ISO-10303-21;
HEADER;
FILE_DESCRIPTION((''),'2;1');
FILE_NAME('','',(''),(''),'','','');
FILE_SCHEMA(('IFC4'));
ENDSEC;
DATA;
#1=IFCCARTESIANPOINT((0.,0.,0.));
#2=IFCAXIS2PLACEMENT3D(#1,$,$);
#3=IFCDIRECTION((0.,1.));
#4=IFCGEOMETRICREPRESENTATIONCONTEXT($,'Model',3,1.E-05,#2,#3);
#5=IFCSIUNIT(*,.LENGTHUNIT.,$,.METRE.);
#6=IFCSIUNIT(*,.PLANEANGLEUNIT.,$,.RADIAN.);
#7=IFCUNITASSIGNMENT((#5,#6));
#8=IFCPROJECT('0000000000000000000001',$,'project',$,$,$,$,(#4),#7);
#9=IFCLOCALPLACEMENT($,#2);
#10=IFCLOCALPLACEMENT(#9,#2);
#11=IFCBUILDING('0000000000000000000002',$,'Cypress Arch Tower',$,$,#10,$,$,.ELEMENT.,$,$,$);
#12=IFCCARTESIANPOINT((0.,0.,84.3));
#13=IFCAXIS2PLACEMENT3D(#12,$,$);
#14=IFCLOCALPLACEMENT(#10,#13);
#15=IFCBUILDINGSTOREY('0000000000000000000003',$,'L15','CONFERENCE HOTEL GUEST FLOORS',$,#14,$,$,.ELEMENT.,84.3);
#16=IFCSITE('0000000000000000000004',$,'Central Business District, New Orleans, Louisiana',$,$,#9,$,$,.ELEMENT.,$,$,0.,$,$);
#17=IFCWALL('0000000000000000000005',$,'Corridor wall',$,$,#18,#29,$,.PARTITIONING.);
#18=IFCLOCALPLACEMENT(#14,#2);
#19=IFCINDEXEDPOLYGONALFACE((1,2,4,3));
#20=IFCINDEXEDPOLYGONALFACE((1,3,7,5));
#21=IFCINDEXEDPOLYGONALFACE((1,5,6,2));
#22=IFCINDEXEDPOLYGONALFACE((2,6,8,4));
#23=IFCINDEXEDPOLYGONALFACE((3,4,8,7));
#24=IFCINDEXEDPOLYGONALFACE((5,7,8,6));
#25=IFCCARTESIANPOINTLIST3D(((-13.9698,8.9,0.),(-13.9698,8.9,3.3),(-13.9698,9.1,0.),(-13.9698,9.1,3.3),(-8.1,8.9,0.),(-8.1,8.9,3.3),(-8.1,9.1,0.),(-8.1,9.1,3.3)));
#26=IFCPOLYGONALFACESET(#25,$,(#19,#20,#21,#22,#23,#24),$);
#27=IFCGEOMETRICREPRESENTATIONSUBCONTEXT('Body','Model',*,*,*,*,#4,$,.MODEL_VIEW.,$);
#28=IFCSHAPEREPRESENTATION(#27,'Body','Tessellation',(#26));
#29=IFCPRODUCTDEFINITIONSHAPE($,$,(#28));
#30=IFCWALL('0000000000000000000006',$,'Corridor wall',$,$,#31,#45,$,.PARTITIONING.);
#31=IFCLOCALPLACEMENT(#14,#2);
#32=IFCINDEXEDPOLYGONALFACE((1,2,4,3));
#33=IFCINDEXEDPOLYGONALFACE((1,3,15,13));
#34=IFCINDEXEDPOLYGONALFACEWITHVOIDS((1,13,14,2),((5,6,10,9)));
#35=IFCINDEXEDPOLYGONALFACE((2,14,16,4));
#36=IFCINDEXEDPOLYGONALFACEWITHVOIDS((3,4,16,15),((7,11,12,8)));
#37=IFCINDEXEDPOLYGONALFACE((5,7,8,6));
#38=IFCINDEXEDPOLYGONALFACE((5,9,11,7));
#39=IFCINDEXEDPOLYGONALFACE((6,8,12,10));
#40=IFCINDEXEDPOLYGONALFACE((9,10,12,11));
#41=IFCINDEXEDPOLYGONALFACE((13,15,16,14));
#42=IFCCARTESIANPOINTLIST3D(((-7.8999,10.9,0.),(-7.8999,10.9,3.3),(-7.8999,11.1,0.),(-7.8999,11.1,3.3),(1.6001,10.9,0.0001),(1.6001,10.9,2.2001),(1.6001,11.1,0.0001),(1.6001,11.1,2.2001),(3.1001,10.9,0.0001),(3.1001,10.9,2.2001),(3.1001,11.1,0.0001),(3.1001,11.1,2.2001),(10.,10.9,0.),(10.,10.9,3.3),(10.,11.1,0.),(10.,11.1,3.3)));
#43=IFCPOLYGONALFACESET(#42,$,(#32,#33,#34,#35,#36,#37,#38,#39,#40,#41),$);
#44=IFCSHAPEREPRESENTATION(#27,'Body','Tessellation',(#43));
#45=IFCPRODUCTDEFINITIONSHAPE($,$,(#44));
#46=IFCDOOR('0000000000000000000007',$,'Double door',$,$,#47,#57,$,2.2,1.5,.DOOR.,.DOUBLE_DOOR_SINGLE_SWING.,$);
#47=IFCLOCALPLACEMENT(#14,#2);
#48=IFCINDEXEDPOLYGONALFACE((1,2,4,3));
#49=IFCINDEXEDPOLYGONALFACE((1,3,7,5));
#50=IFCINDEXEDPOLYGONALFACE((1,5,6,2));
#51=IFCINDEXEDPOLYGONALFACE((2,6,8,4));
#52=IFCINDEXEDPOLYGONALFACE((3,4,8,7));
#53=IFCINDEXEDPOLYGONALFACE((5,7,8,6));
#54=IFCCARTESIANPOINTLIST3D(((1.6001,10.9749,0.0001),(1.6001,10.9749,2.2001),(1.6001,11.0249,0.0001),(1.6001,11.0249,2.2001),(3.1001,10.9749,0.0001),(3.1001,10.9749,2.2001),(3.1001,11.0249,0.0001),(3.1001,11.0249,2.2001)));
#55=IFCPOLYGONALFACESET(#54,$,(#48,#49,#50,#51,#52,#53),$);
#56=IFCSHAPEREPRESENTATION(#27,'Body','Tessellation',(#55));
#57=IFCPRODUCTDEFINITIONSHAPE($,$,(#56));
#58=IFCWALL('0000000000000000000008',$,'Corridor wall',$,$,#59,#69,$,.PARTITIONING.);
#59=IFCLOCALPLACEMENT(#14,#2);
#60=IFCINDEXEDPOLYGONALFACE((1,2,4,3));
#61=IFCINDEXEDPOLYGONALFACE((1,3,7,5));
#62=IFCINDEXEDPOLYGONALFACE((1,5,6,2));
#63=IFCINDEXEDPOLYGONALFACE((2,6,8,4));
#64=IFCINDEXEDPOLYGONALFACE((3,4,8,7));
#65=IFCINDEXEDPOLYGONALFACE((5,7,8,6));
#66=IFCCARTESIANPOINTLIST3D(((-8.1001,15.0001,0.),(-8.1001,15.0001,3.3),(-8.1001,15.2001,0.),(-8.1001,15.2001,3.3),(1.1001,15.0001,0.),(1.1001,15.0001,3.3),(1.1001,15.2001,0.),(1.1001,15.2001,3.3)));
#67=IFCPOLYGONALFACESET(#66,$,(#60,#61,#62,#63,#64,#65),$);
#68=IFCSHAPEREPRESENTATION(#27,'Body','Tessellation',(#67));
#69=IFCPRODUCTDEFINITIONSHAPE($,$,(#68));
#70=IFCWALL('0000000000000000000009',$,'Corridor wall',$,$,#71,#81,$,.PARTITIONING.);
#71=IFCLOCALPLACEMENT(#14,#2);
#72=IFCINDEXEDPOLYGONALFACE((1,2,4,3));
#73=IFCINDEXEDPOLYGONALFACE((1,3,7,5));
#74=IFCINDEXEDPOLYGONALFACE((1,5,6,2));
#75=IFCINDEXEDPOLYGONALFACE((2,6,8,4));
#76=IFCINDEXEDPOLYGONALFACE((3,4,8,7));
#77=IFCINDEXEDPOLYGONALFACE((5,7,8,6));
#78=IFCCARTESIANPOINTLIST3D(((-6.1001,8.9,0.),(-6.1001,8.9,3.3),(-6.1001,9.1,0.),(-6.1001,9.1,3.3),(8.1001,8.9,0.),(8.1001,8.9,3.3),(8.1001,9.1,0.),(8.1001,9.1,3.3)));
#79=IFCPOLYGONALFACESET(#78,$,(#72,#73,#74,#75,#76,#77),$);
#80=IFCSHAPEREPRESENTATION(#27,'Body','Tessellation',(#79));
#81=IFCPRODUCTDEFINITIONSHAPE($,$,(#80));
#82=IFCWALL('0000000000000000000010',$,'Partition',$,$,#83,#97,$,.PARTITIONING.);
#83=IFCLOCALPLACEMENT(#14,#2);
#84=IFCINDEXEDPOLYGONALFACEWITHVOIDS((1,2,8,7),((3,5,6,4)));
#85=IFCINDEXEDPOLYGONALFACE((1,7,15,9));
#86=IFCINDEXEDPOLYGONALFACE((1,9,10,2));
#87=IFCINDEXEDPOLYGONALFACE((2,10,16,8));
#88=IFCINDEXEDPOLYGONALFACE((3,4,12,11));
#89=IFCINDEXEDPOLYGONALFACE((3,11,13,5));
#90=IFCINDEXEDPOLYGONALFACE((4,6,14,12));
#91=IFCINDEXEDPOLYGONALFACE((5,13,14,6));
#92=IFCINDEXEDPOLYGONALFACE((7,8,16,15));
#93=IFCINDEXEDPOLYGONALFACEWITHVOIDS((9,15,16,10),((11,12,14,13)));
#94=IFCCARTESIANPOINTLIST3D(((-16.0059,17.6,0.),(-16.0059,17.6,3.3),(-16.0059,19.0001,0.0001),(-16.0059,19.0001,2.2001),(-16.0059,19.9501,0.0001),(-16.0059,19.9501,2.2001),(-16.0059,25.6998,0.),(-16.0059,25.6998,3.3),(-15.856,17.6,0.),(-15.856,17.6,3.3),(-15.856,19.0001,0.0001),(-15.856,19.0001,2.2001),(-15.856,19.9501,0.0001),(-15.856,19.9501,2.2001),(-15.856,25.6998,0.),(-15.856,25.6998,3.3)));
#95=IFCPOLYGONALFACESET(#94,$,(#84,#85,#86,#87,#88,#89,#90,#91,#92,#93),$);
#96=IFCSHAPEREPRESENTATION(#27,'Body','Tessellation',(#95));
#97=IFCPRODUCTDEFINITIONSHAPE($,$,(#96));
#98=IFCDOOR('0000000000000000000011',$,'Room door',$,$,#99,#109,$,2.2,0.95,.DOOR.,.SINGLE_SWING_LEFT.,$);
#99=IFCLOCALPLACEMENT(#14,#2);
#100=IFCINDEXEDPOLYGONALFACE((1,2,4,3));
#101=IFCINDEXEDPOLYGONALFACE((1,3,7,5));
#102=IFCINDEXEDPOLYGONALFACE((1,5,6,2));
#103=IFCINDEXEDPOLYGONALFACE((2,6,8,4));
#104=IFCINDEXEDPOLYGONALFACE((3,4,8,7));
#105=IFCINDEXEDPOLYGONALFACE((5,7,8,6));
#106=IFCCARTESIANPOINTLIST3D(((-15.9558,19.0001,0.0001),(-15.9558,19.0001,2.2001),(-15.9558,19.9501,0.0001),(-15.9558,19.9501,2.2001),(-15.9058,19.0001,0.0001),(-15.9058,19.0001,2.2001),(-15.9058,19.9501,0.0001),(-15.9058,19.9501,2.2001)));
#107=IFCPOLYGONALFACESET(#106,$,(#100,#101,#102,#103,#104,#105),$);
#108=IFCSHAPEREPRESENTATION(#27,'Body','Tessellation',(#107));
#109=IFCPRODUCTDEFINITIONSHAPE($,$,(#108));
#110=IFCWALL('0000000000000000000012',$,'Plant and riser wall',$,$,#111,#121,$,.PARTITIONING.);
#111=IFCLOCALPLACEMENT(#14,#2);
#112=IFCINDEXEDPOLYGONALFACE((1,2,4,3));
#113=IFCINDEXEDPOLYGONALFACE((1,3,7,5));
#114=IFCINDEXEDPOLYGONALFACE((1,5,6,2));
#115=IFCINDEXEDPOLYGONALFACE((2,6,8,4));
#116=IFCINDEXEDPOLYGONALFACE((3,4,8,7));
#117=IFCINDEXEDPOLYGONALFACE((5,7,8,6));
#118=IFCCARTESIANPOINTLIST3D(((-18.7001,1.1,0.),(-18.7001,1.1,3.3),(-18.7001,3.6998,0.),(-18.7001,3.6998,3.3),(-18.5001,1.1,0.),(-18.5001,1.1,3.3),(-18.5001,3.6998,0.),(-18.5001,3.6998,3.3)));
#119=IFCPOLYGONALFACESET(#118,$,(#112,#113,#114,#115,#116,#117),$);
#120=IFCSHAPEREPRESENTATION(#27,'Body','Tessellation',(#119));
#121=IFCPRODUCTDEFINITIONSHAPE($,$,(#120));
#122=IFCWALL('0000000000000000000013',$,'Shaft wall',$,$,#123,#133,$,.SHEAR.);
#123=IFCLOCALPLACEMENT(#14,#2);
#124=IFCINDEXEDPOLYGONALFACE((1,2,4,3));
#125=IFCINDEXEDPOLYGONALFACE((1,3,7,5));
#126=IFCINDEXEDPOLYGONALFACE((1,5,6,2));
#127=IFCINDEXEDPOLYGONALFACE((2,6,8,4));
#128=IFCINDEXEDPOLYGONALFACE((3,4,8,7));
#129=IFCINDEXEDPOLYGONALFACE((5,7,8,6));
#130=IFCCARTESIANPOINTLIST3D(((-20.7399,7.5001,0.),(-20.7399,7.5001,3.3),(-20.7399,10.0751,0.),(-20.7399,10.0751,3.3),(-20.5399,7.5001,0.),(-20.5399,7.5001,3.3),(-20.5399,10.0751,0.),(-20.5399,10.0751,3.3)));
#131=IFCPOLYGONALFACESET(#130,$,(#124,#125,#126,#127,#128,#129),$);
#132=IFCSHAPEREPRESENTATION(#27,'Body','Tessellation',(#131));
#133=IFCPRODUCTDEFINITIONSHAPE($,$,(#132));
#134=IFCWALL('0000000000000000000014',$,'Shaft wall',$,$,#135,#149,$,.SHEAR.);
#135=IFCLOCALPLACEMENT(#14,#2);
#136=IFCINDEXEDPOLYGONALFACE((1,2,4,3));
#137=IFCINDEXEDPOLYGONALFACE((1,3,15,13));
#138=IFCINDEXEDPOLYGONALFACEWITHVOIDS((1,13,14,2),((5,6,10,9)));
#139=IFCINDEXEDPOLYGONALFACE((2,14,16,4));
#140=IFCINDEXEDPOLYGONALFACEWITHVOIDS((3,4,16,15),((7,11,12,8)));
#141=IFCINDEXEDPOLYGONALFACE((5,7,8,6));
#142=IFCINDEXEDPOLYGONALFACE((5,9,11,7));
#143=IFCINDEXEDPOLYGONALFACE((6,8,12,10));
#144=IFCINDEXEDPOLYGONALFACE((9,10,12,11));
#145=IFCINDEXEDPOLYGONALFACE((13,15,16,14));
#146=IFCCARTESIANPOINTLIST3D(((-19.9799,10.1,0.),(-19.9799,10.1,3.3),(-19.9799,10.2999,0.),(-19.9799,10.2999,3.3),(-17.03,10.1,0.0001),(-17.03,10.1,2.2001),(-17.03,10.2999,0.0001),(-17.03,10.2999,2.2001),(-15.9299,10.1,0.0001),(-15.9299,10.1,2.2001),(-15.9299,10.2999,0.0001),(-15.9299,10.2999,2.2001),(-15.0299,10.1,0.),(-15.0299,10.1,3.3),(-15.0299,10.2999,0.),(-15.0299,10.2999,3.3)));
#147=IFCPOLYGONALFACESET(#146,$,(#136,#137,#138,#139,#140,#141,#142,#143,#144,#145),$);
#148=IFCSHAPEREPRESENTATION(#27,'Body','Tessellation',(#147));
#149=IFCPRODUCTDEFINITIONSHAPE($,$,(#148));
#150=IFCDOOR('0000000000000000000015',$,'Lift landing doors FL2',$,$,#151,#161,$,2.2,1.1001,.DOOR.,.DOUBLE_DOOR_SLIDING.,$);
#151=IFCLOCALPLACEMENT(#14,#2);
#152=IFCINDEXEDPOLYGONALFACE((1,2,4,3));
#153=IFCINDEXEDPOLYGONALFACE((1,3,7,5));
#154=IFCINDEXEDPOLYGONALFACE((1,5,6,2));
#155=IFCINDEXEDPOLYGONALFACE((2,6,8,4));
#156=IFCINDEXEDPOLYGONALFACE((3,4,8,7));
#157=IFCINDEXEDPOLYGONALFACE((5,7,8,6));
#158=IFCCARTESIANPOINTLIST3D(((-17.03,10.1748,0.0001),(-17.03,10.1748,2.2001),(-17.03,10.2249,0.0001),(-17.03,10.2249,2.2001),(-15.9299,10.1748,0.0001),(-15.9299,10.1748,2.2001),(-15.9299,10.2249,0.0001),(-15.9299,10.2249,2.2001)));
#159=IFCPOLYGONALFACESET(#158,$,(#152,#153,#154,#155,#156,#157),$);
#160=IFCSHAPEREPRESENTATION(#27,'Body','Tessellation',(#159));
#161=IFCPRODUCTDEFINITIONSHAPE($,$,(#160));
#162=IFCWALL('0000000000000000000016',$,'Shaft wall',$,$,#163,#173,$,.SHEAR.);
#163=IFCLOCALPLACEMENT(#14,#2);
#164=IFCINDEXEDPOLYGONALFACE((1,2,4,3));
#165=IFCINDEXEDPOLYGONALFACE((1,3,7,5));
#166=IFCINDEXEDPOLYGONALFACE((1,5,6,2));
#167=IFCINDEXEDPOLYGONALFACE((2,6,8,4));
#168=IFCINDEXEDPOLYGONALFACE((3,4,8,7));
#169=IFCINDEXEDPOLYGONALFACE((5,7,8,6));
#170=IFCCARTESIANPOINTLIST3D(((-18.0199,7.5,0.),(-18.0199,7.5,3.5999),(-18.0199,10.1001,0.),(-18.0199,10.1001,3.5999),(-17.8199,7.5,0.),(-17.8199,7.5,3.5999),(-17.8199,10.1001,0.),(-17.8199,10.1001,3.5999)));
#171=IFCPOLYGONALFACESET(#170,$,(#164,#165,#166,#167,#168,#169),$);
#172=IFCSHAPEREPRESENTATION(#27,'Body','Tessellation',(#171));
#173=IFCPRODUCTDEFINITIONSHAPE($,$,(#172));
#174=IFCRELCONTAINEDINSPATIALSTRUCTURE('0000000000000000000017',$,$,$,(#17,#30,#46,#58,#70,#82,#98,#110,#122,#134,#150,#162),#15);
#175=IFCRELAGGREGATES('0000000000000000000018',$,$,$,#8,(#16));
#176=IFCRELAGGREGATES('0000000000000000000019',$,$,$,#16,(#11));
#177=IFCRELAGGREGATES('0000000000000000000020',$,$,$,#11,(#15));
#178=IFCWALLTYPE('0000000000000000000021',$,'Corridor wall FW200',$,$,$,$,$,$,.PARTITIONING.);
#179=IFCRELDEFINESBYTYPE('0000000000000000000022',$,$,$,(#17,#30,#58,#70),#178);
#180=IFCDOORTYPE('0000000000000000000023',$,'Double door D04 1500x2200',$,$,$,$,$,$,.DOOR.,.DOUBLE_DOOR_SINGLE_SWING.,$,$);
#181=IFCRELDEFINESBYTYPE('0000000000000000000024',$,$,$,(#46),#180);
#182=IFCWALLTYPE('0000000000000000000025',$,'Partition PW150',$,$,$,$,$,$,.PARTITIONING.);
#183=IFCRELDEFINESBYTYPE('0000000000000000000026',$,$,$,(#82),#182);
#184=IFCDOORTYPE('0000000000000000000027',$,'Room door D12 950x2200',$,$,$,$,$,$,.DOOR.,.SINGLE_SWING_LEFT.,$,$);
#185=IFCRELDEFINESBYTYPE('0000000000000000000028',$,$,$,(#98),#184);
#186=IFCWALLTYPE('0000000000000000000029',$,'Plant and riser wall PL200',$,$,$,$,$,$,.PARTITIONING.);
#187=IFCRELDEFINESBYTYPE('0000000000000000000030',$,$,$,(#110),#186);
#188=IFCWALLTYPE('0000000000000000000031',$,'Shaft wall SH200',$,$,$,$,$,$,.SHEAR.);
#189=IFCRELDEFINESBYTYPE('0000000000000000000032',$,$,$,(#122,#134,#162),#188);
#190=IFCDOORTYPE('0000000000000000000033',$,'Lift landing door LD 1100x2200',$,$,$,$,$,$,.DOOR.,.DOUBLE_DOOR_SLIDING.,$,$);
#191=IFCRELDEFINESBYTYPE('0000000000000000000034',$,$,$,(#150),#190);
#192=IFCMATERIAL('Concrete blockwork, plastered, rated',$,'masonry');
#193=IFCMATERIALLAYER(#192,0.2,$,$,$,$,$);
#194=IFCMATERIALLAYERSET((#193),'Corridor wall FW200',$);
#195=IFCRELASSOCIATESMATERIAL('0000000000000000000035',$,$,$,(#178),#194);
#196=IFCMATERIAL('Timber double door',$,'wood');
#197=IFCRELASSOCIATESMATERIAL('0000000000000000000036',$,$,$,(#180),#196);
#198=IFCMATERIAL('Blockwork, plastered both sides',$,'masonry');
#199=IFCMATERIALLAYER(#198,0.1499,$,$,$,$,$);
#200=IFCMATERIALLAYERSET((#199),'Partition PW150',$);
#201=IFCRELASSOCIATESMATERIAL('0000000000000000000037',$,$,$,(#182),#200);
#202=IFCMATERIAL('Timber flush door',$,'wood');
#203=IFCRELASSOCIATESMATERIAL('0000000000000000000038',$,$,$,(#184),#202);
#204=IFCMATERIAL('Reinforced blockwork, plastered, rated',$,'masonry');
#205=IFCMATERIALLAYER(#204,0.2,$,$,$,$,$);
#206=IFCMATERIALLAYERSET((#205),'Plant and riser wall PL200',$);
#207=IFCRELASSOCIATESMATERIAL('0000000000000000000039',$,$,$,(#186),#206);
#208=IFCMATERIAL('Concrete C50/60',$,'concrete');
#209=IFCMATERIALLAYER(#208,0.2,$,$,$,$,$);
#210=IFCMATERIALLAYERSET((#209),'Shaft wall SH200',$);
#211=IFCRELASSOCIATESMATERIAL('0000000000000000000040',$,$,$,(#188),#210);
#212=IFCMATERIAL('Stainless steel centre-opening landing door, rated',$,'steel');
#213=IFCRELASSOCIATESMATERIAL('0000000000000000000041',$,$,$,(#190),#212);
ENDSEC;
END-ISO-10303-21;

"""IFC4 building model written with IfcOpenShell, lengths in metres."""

from ifc_helpers import new_model, si_unit, direction, frame, frame_2d, origin, place, context, subcontext, project, spatial, rectangle, extrude, material, layer, layer_set, type_object, element, fill, save


model = new_model("IFC4")

# Units and contexts
model_context = context("Model", 3, precision=1e-05, world=origin(), true_north=direction((0.0, 1.0)))
body_context = subcontext(model_context, "Body", "Model", "MODEL_VIEW")
ifc_project = project(units=[si_unit("LENGTHUNIT", "METRE"), si_unit("PLANEANGLEUNIT", "RADIAN")], contexts=[model_context])

# Site, building, storey
site_placement = place(None, origin())
site = spatial("IfcSite", under=ifc_project, at=site_placement, Name="Central Business District, New Orleans, Louisiana", CompositionType="ELEMENT", RefElevation=0.0)
building_placement = place(site_placement, origin())
building = spatial("IfcBuilding", under=site, at=building_placement, Name="Cypress Arch Tower", CompositionType="ELEMENT")
storey_placement = place(building_placement, frame((0.0, 0.0, 84.3)))
storey = spatial("IfcBuildingStorey", under=building, at=storey_placement, Name="L15", Description="CONFERENCE HOTEL GUEST FLOORS", CompositionType="ELEMENT", Elevation=84.3)

# Shared definitions
ifc_material_1 = material(Name="Concrete blockwork, plastered, rated", Category="masonry")
ifc_layer_1 = layer(ifc_material_1, 0.2)
ifc_layer_set_1 = layer_set([ifc_layer_1], Name="Corridor wall FW200")
wall_type_1 = type_object("IfcWallType", Name="Corridor wall FW200", PredefinedType="PARTITIONING", material=ifc_layer_set_1)

# Wall
wall_1_placement = place(storey_placement, frame((-13.97, 9.0, 0.0), z_axis=(0.0, 0.0, 1.0), x_axis=(1.0, 0.0, 0.0)))
element("IfcWall", 1, at=wall_1_placement, inside=storey, type_object=wall_type_1, Name="Corridor wall", PredefinedType="PARTITIONING", context=body_context, shape_type="SweptSolid", body=[
    extrude(rectangle(XDim=5.8699, YDim=0.2, at=frame_2d((2.9351, 0.0))), origin(), (0.0, 0.0, 1.0), 3.3),
])

# Wall, opening, door
wall_2_placement = place(storey_placement, frame((-7.8999, 11.0, 0.0), z_axis=(0.0, 0.0, 1.0), x_axis=(1.0, 0.0, 0.0)))
wall_2 = element("IfcWall", 2, at=wall_2_placement, inside=storey, type_object=wall_type_1, Name="Corridor wall", PredefinedType="PARTITIONING", context=body_context, shape_type="SweptSolid", body=[
    extrude(rectangle(XDim=17.8999, YDim=0.2, at=frame_2d((8.95, 0.0))), origin(), (0.0, 0.0, 1.0), 3.3),
])
opening_1_placement = place(wall_2_placement, frame((9.5, 0.0, 0.0)))
opening_1 = element("IfcOpeningElement", 3, at=opening_1_placement, cuts=wall_2, PredefinedType="OPENING", context=body_context, shape_type="SweptSolid", body=[
    extrude(rectangle(XDim=1.5, YDim=2.2, at=frame_2d((0.75, 1.1001))), frame((0.0, 0.1099, 0.0), z_axis=(0.0, -1.0, 0.0), x_axis=(1.0, 0.0, 0.0)), (0.0, 0.0, 1.0), 0.22),
])
ifc_material_2 = material(Name="Timber double door", Category="wood")
door_type_1 = type_object("IfcDoorType", Name="Double door D04 1500x2200", OperationType="DOUBLE_DOOR_SINGLE_SWING", PredefinedType="DOOR", material=ifc_material_2)
door_1_placement = place(opening_1_placement, origin())
door_1 = element("IfcDoor", 4, at=door_1_placement, inside=storey, type_object=door_type_1, Name="Double door", OperationType="DOUBLE_DOOR_SINGLE_SWING", OverallHeight=2.2, OverallWidth=1.5, PredefinedType="DOOR", context=body_context, shape_type="SweptSolid", body=[
    extrude(rectangle(XDim=1.5, YDim=2.2, at=frame_2d((0.75, 1.1001))), frame((0.0, 0.0249, 0.0), z_axis=(0.0, -1.0, 0.0), x_axis=(1.0, 0.0, 0.0)), (0.0, 0.0, 1.0), 0.05),
])
fill(opening_1, door_1)

# Walls
wall_3_placement = place(storey_placement, frame((-8.1001, 15.1001, 0.0), z_axis=(0.0, 0.0, 1.0), x_axis=(1.0, 0.0, 0.0)))
element("IfcWall", 5, at=wall_3_placement, inside=storey, type_object=wall_type_1, Name="Corridor wall", PredefinedType="PARTITIONING", context=body_context, shape_type="SweptSolid", body=[
    extrude(rectangle(XDim=9.2002, YDim=0.2, at=frame_2d((4.6001, 0.0))), origin(), (0.0, 0.0, 1.0), 3.3),
])
wall_4_placement = place(storey_placement, frame((-6.1001, 9.0, 0.0), z_axis=(0.0, 0.0, 1.0), x_axis=(1.0, 0.0, 0.0)))
element("IfcWall", 6, at=wall_4_placement, inside=storey, type_object=wall_type_1, Name="Corridor wall", PredefinedType="PARTITIONING", context=body_context, shape_type="SweptSolid", body=[
    extrude(rectangle(XDim=14.2002, YDim=0.2, at=frame_2d((7.1001, 0.0))), origin(), (0.0, 0.0, 1.0), 3.3),
])

# Wall, opening, door
ifc_material_3 = material(Name="Blockwork, plastered both sides", Category="masonry")
ifc_layer_2 = layer(ifc_material_3, 0.1499)
ifc_layer_set_2 = layer_set([ifc_layer_2], Name="Partition PW150")
wall_type_2 = type_object("IfcWallType", Name="Partition PW150", PredefinedType="PARTITIONING", material=ifc_layer_set_2)
wall_5_placement = place(storey_placement, frame((-15.9309, 17.6001, 0.0), z_axis=(0.0, 0.0, 1.0), x_axis=(0.0, 1.0, 0.0)))
wall_5 = element("IfcWall", 7, at=wall_5_placement, inside=storey, type_object=wall_type_2, Name="Partition", PredefinedType="PARTITIONING", context=body_context, shape_type="SweptSolid", body=[
    extrude(rectangle(XDim=8.0999, YDim=0.1499, at=frame_2d((4.0498, 0.0))), origin(), (0.0, 0.0, 1.0), 3.3),
])
opening_2_placement = place(wall_5_placement, frame((1.3999, 0.0, 0.0)))
opening_2 = element("IfcOpeningElement", 8, at=opening_2_placement, cuts=wall_5, PredefinedType="OPENING", context=body_context, shape_type="SweptSolid", body=[
    extrude(rectangle(XDim=0.95, YDim=2.2, at=frame_2d((0.4751, 1.1001))), frame((0.0, 0.085, 0.0), z_axis=(0.0, -1.0, 0.0), x_axis=(1.0, 0.0, 0.0)), (0.0, 0.0, 1.0), 0.1699),
])
ifc_material_4 = material(Name="Timber flush door", Category="wood")
door_type_2 = type_object("IfcDoorType", Name="Room door D12 950x2200", OperationType="SINGLE_SWING_LEFT", PredefinedType="DOOR", material=ifc_material_4)
door_2_placement = place(opening_2_placement, origin())
door_2 = element("IfcDoor", 9, at=door_2_placement, inside=storey, type_object=door_type_2, Name="Room door", OperationType="SINGLE_SWING_LEFT", OverallHeight=2.2, OverallWidth=0.95, PredefinedType="DOOR", context=body_context, shape_type="SweptSolid", body=[
    extrude(rectangle(XDim=0.95, YDim=2.2, at=frame_2d((0.4751, 1.1001))), frame((0.0, 0.0249, 0.0), z_axis=(0.0, -1.0, 0.0), x_axis=(1.0, 0.0, 0.0)), (0.0, 0.0, 1.0), 0.05),
])
fill(opening_2, door_2)

# Walls
ifc_material_5 = material(Name="Reinforced blockwork, plastered, rated", Category="masonry")
ifc_layer_3 = layer(ifc_material_5, 0.2)
ifc_layer_set_3 = layer_set([ifc_layer_3], Name="Plant and riser wall PL200")
wall_type_3 = type_object("IfcWallType", Name="Plant and riser wall PL200", PredefinedType="PARTITIONING", material=ifc_layer_set_3)
wall_6_placement = place(storey_placement, frame((-18.6001, 1.1001, 0.0), z_axis=(0.0, 0.0, 1.0), x_axis=(0.0, 1.0, 0.0)))
element("IfcWall", 10, at=wall_6_placement, inside=storey, type_object=wall_type_3, Name="Plant and riser wall", PredefinedType="PARTITIONING", context=body_context, shape_type="SweptSolid", body=[
    extrude(rectangle(XDim=2.5999, YDim=0.2, at=frame_2d((1.2998, 0.0))), origin(), (0.0, 0.0, 1.0), 3.3),
])
ifc_material_6 = material(Name="Concrete C50/60", Category="concrete")
ifc_layer_4 = layer(ifc_material_6, 0.2)
ifc_layer_set_4 = layer_set([ifc_layer_4], Name="Shaft wall SH200")
wall_type_4 = type_object("IfcWallType", Name="Shaft wall SH200", PredefinedType="SHEAR", material=ifc_layer_set_4)
wall_7_placement = place(storey_placement, frame((-20.6399, 7.5, 0.0), z_axis=(0.0, 0.0, 1.0), x_axis=(0.0, 1.0, 0.0)))
element("IfcWall", 11, at=wall_7_placement, inside=storey, type_object=wall_type_4, Name="Shaft wall", PredefinedType="SHEAR", context=body_context, shape_type="SweptSolid", body=[
    extrude(rectangle(XDim=2.575, YDim=0.2, at=frame_2d((1.2876, 0.0))), origin(), (0.0, 0.0, 1.0), 3.3),
])

# Wall, opening, door
wall_8_placement = place(storey_placement, frame((-19.98, 10.2, 0.0), z_axis=(0.0, 0.0, 1.0), x_axis=(1.0, 0.0, 0.0)))
wall_8 = element("IfcWall", 12, at=wall_8_placement, inside=storey, type_object=wall_type_4, Name="Shaft wall", PredefinedType="SHEAR", context=body_context, shape_type="SweptSolid", body=[
    extrude(rectangle(XDim=4.95, YDim=0.2, at=frame_2d((2.4751, 0.0))), origin(), (0.0, 0.0, 1.0), 3.3),
])
opening_3_placement = place(wall_8_placement, frame((2.95, 0.0, 0.0)))
opening_3 = element("IfcOpeningElement", 13, at=opening_3_placement, cuts=wall_8, PredefinedType="OPENING", context=body_context, shape_type="SweptSolid", body=[
    extrude(rectangle(XDim=1.1001, YDim=2.2, at=frame_2d((0.55, 1.1001))), frame((0.0, 0.1099, 0.0), z_axis=(0.0, -1.0, 0.0), x_axis=(1.0, 0.0, 0.0)), (0.0, 0.0, 1.0), 0.22),
])
ifc_material_7 = material(Name="Stainless steel centre-opening landing door, rated", Category="steel")
door_type_3 = type_object("IfcDoorType", Name="Lift landing door LD 1100x2200", OperationType="DOUBLE_DOOR_SLIDING", PredefinedType="DOOR", material=ifc_material_7)
door_3_placement = place(opening_3_placement, origin())
door_3 = element("IfcDoor", 14, at=door_3_placement, inside=storey, type_object=door_type_3, Name="Lift landing doors FL2", OperationType="DOUBLE_DOOR_SLIDING", OverallHeight=2.2, OverallWidth=1.1001, PredefinedType="DOOR", context=body_context, shape_type="SweptSolid", body=[
    extrude(rectangle(XDim=1.1001, YDim=2.2, at=frame_2d((0.55, 1.1001))), frame((0.0, 0.0249, 0.0), z_axis=(0.0, -1.0, 0.0), x_axis=(1.0, 0.0, 0.0)), (0.0, 0.0, 1.0), 0.05),
])
fill(opening_3, door_3)

# Wall
wall_9_placement = place(storey_placement, frame((-17.9199, 7.5, 0.0), z_axis=(0.0, 0.0, 1.0), x_axis=(0.0, 1.0, 0.0)))
element("IfcWall", 15, at=wall_9_placement, inside=storey, type_object=wall_type_4, Name="Shaft wall", PredefinedType="SHEAR", context=body_context, shape_type="SweptSolid", body=[
    extrude(rectangle(XDim=2.6001, YDim=0.2, at=frame_2d((1.3, 0.0))), origin(), (0.0, 0.0, 1.0), 3.5999),
])

save(model, "model.ifc")
